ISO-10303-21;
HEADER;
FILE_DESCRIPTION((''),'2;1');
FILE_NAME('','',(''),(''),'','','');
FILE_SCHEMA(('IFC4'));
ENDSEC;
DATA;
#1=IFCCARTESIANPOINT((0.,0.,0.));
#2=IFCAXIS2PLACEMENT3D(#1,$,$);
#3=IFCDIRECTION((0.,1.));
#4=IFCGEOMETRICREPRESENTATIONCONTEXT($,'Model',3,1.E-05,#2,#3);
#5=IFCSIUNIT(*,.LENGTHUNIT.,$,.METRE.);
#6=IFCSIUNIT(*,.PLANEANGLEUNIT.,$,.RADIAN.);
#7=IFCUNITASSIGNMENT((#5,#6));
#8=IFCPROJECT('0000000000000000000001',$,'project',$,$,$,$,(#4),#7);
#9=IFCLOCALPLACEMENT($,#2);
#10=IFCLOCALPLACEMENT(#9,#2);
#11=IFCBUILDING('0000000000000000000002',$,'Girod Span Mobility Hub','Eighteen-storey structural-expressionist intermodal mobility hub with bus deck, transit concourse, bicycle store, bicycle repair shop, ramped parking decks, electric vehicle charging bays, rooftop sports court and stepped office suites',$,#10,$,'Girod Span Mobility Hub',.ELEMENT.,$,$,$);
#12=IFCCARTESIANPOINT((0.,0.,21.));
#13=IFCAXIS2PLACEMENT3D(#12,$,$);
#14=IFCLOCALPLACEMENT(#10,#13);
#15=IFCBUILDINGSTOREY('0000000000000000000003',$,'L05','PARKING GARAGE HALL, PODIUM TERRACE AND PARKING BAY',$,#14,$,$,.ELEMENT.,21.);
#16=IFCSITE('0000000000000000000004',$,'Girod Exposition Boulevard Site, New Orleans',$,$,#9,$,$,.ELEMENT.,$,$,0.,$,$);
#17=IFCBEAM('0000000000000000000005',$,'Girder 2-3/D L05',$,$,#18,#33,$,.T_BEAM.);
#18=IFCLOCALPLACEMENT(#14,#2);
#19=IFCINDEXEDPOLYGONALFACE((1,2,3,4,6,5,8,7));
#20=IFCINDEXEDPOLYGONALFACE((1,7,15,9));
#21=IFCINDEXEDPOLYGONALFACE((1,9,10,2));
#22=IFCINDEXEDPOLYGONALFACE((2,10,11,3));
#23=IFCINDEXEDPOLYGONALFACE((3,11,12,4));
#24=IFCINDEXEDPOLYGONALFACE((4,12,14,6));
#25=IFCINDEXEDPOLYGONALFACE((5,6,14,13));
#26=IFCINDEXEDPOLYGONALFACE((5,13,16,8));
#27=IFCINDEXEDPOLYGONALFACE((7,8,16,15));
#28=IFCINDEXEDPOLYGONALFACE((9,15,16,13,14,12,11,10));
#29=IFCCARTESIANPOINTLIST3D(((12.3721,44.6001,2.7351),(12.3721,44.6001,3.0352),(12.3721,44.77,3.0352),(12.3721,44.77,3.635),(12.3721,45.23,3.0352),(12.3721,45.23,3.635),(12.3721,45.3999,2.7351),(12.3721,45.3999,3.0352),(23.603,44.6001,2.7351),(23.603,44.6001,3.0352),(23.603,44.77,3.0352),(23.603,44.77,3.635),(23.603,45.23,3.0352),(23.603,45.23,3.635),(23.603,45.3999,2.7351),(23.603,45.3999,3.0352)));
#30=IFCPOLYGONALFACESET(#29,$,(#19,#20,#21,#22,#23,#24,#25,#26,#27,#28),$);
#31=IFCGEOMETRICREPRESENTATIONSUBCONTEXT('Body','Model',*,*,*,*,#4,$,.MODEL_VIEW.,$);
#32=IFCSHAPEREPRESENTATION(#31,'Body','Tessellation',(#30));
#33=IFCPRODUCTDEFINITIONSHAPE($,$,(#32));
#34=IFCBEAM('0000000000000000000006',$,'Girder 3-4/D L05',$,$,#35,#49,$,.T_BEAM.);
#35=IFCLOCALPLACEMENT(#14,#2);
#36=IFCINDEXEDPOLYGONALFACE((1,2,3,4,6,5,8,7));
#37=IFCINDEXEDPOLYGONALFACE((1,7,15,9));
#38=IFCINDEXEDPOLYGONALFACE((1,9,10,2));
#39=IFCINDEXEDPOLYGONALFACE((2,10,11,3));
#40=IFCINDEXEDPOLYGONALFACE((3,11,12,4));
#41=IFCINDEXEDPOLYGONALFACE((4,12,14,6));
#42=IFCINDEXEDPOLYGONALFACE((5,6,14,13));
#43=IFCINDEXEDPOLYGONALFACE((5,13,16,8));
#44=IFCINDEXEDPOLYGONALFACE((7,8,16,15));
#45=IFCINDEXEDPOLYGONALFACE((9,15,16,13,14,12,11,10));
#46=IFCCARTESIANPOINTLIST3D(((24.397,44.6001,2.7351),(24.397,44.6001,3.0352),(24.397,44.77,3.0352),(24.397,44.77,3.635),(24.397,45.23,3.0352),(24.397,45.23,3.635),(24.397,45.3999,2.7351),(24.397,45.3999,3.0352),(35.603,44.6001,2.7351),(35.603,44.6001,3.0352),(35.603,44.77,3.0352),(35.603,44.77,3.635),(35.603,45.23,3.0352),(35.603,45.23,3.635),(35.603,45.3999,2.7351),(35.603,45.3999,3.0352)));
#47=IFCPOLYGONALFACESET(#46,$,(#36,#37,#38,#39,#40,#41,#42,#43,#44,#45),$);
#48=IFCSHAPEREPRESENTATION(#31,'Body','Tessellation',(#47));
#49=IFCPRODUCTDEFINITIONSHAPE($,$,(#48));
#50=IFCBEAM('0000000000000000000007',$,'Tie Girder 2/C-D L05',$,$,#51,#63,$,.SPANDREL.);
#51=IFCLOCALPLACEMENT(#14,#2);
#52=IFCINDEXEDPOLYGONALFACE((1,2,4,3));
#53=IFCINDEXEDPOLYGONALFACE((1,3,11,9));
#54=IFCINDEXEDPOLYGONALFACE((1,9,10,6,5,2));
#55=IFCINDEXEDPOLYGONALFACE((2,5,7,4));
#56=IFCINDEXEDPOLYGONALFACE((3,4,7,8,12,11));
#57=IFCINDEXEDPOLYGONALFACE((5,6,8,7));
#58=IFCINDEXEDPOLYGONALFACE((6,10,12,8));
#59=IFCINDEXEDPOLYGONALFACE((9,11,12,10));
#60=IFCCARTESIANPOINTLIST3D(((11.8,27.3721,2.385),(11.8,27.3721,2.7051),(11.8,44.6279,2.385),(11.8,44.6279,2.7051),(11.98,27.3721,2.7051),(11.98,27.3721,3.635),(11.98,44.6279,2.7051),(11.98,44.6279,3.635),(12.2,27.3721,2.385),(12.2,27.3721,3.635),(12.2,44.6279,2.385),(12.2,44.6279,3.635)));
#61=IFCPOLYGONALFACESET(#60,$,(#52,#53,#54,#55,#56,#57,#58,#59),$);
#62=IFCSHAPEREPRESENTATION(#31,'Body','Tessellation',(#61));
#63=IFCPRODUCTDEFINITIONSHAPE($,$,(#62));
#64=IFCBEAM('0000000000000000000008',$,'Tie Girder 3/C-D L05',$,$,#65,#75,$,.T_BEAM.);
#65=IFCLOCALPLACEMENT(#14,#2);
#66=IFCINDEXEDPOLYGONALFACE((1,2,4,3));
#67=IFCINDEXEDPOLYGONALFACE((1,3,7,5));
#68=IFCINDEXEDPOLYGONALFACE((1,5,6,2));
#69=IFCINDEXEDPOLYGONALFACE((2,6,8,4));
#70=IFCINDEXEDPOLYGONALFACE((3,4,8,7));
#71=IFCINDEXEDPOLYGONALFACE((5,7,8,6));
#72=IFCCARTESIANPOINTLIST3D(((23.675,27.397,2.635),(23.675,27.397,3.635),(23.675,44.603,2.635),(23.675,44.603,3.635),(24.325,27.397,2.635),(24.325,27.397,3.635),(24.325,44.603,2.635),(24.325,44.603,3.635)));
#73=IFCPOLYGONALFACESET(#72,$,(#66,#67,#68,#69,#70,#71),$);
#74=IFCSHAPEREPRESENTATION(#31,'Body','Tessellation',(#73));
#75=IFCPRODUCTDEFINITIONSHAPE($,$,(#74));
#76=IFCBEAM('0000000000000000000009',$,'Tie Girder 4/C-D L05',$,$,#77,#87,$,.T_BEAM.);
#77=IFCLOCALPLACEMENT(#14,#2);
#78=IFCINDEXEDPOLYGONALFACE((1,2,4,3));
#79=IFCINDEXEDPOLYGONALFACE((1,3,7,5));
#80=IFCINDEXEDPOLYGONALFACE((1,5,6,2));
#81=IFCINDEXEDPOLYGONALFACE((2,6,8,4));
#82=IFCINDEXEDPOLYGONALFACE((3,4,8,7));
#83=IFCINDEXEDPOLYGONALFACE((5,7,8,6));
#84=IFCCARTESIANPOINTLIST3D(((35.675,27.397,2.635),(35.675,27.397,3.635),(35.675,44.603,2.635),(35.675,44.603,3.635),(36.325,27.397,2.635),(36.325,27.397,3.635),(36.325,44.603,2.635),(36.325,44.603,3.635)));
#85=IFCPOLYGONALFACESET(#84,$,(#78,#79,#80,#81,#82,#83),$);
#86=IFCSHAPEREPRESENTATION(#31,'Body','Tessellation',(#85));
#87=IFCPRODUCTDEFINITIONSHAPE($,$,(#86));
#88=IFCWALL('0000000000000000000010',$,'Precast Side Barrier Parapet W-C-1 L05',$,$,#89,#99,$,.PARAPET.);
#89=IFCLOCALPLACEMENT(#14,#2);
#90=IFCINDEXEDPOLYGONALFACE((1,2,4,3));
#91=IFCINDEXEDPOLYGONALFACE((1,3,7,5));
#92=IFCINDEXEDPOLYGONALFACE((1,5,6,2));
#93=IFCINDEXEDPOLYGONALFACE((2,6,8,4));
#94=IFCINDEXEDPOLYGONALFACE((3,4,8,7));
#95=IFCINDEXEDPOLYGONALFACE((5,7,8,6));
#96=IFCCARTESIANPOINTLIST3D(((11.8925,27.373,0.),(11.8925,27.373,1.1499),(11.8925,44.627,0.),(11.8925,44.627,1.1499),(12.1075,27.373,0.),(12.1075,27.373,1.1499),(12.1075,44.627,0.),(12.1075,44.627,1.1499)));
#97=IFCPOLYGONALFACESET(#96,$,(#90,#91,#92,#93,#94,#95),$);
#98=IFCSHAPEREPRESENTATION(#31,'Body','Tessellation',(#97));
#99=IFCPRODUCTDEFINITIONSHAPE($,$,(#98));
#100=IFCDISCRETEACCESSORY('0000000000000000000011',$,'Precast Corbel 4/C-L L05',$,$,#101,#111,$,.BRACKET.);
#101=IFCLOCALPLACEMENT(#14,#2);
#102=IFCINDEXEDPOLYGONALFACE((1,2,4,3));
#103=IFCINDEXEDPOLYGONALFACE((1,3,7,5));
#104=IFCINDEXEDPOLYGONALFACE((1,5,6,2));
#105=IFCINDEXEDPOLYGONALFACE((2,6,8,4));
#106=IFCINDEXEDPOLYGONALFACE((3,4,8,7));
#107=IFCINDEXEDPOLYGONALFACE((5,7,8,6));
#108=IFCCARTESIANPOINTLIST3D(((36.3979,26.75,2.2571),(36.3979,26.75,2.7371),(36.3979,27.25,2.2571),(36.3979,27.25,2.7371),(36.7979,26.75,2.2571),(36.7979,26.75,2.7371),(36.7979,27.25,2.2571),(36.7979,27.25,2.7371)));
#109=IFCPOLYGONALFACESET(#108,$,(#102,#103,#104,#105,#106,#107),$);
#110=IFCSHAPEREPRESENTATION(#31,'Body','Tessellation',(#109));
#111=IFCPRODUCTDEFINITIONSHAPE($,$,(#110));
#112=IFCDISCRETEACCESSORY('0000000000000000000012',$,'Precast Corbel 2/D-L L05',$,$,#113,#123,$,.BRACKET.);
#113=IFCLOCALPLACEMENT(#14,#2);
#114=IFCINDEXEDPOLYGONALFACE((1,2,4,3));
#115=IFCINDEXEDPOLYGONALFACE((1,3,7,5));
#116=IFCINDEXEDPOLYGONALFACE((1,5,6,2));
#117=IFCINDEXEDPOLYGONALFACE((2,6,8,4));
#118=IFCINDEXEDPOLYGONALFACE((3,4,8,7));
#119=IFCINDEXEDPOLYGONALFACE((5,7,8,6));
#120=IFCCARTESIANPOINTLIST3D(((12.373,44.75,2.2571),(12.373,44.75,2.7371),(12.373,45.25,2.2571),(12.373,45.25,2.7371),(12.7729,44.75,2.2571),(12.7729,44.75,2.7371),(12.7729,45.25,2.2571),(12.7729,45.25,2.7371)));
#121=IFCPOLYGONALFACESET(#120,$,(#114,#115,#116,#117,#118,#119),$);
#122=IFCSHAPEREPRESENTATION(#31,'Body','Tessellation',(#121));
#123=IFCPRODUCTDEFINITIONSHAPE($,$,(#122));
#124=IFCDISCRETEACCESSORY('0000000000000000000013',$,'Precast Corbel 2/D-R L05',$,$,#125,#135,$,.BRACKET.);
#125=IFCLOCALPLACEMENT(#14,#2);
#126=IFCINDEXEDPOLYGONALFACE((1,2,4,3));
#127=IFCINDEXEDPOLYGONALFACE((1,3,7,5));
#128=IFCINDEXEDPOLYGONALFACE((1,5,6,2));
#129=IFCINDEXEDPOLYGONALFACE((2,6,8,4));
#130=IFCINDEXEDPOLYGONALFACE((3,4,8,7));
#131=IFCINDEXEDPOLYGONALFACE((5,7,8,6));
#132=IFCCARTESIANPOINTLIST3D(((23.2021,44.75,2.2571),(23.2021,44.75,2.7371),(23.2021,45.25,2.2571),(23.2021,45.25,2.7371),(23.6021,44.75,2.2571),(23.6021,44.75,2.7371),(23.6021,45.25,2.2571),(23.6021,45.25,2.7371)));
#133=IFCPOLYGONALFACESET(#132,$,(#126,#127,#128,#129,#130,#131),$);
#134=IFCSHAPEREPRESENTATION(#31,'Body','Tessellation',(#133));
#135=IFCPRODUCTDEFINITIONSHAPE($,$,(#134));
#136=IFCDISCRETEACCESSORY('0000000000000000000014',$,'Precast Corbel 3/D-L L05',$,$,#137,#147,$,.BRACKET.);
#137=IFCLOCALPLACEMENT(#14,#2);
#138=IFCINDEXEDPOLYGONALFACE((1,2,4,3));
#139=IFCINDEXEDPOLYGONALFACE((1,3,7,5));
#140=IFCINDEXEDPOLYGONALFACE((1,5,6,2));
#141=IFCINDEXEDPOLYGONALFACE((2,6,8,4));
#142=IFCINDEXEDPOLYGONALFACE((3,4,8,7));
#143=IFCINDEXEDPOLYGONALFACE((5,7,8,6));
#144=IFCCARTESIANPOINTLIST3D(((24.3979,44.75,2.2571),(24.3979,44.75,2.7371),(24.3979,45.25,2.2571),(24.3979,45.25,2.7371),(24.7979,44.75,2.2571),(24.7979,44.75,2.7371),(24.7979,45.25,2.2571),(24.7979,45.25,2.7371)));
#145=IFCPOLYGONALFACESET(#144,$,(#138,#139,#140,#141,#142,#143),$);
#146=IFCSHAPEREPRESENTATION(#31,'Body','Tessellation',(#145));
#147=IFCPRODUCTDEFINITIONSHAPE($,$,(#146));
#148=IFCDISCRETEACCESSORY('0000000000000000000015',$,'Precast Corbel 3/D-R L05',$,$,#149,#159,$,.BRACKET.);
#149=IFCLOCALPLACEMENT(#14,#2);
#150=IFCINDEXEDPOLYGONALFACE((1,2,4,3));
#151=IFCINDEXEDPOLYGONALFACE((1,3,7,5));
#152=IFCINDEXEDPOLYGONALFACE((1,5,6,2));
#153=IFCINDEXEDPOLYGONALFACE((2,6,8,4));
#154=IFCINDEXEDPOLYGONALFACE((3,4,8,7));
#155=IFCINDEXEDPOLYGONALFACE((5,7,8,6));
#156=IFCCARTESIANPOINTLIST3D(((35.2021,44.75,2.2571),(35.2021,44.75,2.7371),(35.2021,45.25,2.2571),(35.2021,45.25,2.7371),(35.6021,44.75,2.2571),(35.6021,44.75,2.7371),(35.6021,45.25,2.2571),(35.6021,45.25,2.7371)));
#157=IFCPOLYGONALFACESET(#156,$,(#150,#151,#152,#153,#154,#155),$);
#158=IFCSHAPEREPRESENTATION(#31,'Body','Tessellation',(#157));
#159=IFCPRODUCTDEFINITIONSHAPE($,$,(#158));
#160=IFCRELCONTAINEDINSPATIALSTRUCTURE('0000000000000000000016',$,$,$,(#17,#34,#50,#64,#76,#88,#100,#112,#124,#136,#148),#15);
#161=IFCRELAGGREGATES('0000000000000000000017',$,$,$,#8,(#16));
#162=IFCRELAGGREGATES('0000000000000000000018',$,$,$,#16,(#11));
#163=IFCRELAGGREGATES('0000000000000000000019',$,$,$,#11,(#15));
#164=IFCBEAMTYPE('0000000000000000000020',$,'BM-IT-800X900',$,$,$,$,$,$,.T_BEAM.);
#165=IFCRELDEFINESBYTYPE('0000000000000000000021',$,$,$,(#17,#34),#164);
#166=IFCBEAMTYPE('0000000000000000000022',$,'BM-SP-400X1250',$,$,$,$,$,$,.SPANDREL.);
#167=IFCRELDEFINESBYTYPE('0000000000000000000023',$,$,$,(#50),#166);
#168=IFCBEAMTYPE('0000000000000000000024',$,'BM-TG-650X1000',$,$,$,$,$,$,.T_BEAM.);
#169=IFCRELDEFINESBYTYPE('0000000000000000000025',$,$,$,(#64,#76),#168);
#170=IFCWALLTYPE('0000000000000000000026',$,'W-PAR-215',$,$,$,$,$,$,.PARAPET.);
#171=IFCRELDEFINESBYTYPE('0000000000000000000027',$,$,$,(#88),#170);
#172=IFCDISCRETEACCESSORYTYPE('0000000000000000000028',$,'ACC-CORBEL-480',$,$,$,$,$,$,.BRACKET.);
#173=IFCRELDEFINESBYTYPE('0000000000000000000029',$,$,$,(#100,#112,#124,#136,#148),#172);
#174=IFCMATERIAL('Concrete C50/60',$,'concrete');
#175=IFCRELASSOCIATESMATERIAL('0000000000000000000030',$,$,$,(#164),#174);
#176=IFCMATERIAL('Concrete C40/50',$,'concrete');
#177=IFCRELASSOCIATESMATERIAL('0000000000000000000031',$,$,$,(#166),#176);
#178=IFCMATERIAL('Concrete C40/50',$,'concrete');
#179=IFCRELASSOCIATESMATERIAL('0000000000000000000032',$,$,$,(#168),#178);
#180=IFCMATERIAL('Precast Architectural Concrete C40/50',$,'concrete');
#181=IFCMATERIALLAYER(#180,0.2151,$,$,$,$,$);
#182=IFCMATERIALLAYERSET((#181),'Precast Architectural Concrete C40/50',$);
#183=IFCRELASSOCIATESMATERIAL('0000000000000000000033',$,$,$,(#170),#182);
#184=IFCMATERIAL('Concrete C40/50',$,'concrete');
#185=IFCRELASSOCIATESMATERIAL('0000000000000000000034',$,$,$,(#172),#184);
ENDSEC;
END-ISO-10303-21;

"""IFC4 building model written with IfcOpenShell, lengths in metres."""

from ifc_helpers import new_model, si_unit, direction, frame, frame_2d, origin, origin_2d, place, context, subcontext, project, spatial, polyline, rectangle, outline, extrude, material, layer, layer_set, material_profile, profile_set, type_object, element, save


model = new_model("IFC4")

# Units and contexts
model_context = context("Model", 3, precision=1e-05, world=origin(), true_north=direction((0.0, 1.0)))
body_context = subcontext(model_context, "Body", "Model", "MODEL_VIEW")
ifc_project = project(units=[si_unit("LENGTHUNIT", "METRE"), si_unit("PLANEANGLEUNIT", "RADIAN")], contexts=[model_context])

# Site, building, storey
site_placement = place(None, origin())
site = spatial("IfcSite", under=ifc_project, at=site_placement, Name="Girod Exposition Boulevard Site, New Orleans", CompositionType="ELEMENT", RefElevation=0.0)
building_placement = place(site_placement, origin())
building = spatial("IfcBuilding", under=site, at=building_placement, Name="Girod Span Mobility Hub", Description="Eighteen-storey structural-expressionist intermodal mobility hub with bus deck, transit concourse, bicycle store, bicycle repair shop, ramped parking decks, electric vehicle charging bays, rooftop sports court and stepped office suites", LongName="Girod Span Mobility Hub", CompositionType="ELEMENT")
storey_placement = place(building_placement, frame((0.0, 0.0, 21.0)))
storey = spatial("IfcBuildingStorey", under=building, at=storey_placement, Name="L05", Description="PARKING GARAGE HALL, PODIUM TERRACE AND PARKING BAY", CompositionType="ELEMENT", Elevation=21.0)

# Beams
ifc_material_1 = material(Name="Concrete C50/60", Category="concrete")
ifc_material_profile_1 = material_profile(ifc_material_1, outline(polyline([(-0.3999, -0.45), (0.3999, -0.45), (0.3999, -0.1499), (0.23, -0.1499), (0.23, 0.45), (-0.23, 0.45), (-0.23, -0.1499), (-0.3999, -0.1499), (-0.3999, -0.45)])), Name="IT-800X900")
ifc_profile_set_1 = profile_set([ifc_material_profile_1], Name="Concrete C50/60")
beam_type_1 = type_object("IfcBeamType", Name="BM-IT-800X900", PredefinedType="T_BEAM", material=ifc_profile_set_1)
beam_1_placement = place(storey_placement, frame((12.3721, 45.0, 3.1851), z_axis=(1.0, 0.0, 0.0), x_axis=(0.0, 1.0, 0.0)))
element("IfcBeam", 1, at=beam_1_placement, inside=storey, type_object=beam_type_1, Name="Girder 2-3/D L05", PredefinedType="T_BEAM", context=body_context, shape_type="SweptSolid", body=[
    extrude(outline(polyline([(-0.3999, -0.45), (0.3999, -0.45), (0.3999, -0.1499), (0.23, -0.1499), (0.23, 0.45), (-0.23, 0.45), (-0.23, -0.1499), (-0.3999, -0.1499), (-0.3999, -0.45)])), origin(), (0.0, 0.0, 1.0), 11.231),
])
beam_2_placement = place(storey_placement, frame((24.397, 45.0, 3.1851), z_axis=(1.0, 0.0, 0.0), x_axis=(0.0, 1.0, 0.0)))
element("IfcBeam", 2, at=beam_2_placement, inside=storey, type_object=beam_type_1, Name="Girder 3-4/D L05", PredefinedType="T_BEAM", context=body_context, shape_type="SweptSolid", body=[
    extrude(outline(polyline([(-0.3999, -0.45), (0.3999, -0.45), (0.3999, -0.1499), (0.23, -0.1499), (0.23, 0.45), (-0.23, 0.45), (-0.23, -0.1499), (-0.3999, -0.1499), (-0.3999, -0.45)])), origin(), (0.0, 0.0, 1.0), 11.2061),
])
ifc_material_2 = material(Name="Concrete C40/50", Category="concrete")
ifc_material_profile_2 = material_profile(ifc_material_2, outline(polyline([(-0.2, -0.625), (0.2, -0.625), (0.2, -0.3049), (0.02, -0.3049), (0.02, 0.625), (-0.2, 0.625), (-0.2, -0.625)])), Name="SP-400X1250")
ifc_profile_set_2 = profile_set([ifc_material_profile_2], Name="Concrete C40/50")
beam_type_2 = type_object("IfcBeamType", Name="BM-SP-400X1250", PredefinedType="SPANDREL", material=ifc_profile_set_2)
beam_3_placement = place(storey_placement, frame((12.0, 27.3721, 3.01), z_axis=(0.0, 1.0, 0.0), x_axis=(-1.0, 0.0, 0.0)))
element("IfcBeam", 3, at=beam_3_placement, inside=storey, type_object=beam_type_2, Name="Tie Girder 2/C-D L05", PredefinedType="SPANDREL", context=body_context, shape_type="SweptSolid", body=[
    extrude(outline(polyline([(-0.2, -0.625), (0.2, -0.625), (0.2, -0.3049), (0.02, -0.3049), (0.02, 0.625), (-0.2, 0.625), (-0.2, -0.625)])), origin(), (0.0, 0.0, 1.0), 17.2559),
])
ifc_material_3 = material(Name="Concrete C40/50", Category="concrete")
ifc_material_profile_3 = material_profile(ifc_material_3, rectangle(XDim=0.6499, YDim=1.0, at=origin_2d()), Name="TG-650X1000")
ifc_profile_set_3 = profile_set([ifc_material_profile_3], Name="Concrete C40/50")
beam_type_3 = type_object("IfcBeamType", Name="BM-TG-650X1000", PredefinedType="T_BEAM", material=ifc_profile_set_3)
for number, where, z_axis, x_axis, name in (
    (4, (24.0, 27.397, 3.135), (0.0, 1.0, 0.0), (-1.0, 0.0, 0.0), "Tie Girder 3/C-D L05"),
    (5, (36.0, 27.397, 3.135), (0.0, 1.0, 0.0), (-1.0, 0.0, 0.0), "Tie Girder 4/C-D L05"),
):
    element("IfcBeam", number, at=place(storey_placement, frame(where, z_axis=z_axis, x_axis=x_axis)), inside=storey, type_object=beam_type_3, Name=name, PredefinedType="T_BEAM", context=body_context, shape_type="SweptSolid", body=[
        extrude(rectangle(XDim=0.6499, YDim=1.0, at=origin_2d()), origin(), (0.0, 0.0, 1.0), 17.2061),
    ])

# Wall
ifc_material_4 = material(Name="Precast Architectural Concrete C40/50", Category="concrete")
ifc_layer = layer(ifc_material_4, 0.2151)
ifc_layer_set = layer_set([ifc_layer], Name="Precast Architectural Concrete C40/50")
wall_type = type_object("IfcWallType", Name="W-PAR-215", PredefinedType="PARAPET", material=ifc_layer_set)
wall_placement = place(storey_placement, frame((12.0, 27.373, 0.0), z_axis=(0.0, 0.0, 1.0), x_axis=(0.0, 1.0, 0.0)))
element("IfcWall", 6, at=wall_placement, inside=storey, type_object=wall_type, Name="Precast Side Barrier Parapet W-C-1 L05", PredefinedType="PARAPET", context=body_context, shape_type="SweptSolid", body=[
    extrude(rectangle(XDim=17.2539, YDim=0.2151, at=frame_2d((8.627, 0.0))), origin(), (0.0, 0.0, 1.0), 1.1499),
])

# Discrete accessories
ifc_material_5 = material(Name="Concrete C40/50", Category="concrete")
discrete_accessory_type = type_object("IfcDiscreteAccessoryType", Name="ACC-CORBEL-480", PredefinedType="BRACKET", material=ifc_material_5)
for number, where, z_axis, x_axis, name in (
    (7, (36.5979, 27.0, 2.2571), (0.0, 0.0, 1.0), (1.0, 0.0, 0.0), "Precast Corbel 4/C-L L05"),
    (8, (12.573, 45.0, 2.2571), (0.0, 0.0, 1.0), (1.0, 0.0, 0.0), "Precast Corbel 2/D-L L05"),
    (9, (23.4021, 45.0, 2.2571), (0.0, 0.0, 1.0), (1.0, 0.0, 0.0), "Precast Corbel 2/D-R L05"),
    (10, (24.5979, 45.0, 2.2571), (0.0, 0.0, 1.0), (1.0, 0.0, 0.0), "Precast Corbel 3/D-L L05"),
    (11, (35.4021, 45.0, 2.2571), (0.0, 0.0, 1.0), (1.0, 0.0, 0.0), "Precast Corbel 3/D-R L05"),
):
    element("IfcDiscreteAccessory", number, at=place(storey_placement, frame(where, z_axis=z_axis, x_axis=x_axis)), inside=storey, type_object=discrete_accessory_type, Name=name, PredefinedType="BRACKET", context=body_context, shape_type="SweptSolid", body=[
        extrude(rectangle(XDim=0.3999, YDim=0.5, at=origin_2d()), origin(), (0.0, 0.0, 1.0), 0.48),
    ])

save(model, "model.ifc")
